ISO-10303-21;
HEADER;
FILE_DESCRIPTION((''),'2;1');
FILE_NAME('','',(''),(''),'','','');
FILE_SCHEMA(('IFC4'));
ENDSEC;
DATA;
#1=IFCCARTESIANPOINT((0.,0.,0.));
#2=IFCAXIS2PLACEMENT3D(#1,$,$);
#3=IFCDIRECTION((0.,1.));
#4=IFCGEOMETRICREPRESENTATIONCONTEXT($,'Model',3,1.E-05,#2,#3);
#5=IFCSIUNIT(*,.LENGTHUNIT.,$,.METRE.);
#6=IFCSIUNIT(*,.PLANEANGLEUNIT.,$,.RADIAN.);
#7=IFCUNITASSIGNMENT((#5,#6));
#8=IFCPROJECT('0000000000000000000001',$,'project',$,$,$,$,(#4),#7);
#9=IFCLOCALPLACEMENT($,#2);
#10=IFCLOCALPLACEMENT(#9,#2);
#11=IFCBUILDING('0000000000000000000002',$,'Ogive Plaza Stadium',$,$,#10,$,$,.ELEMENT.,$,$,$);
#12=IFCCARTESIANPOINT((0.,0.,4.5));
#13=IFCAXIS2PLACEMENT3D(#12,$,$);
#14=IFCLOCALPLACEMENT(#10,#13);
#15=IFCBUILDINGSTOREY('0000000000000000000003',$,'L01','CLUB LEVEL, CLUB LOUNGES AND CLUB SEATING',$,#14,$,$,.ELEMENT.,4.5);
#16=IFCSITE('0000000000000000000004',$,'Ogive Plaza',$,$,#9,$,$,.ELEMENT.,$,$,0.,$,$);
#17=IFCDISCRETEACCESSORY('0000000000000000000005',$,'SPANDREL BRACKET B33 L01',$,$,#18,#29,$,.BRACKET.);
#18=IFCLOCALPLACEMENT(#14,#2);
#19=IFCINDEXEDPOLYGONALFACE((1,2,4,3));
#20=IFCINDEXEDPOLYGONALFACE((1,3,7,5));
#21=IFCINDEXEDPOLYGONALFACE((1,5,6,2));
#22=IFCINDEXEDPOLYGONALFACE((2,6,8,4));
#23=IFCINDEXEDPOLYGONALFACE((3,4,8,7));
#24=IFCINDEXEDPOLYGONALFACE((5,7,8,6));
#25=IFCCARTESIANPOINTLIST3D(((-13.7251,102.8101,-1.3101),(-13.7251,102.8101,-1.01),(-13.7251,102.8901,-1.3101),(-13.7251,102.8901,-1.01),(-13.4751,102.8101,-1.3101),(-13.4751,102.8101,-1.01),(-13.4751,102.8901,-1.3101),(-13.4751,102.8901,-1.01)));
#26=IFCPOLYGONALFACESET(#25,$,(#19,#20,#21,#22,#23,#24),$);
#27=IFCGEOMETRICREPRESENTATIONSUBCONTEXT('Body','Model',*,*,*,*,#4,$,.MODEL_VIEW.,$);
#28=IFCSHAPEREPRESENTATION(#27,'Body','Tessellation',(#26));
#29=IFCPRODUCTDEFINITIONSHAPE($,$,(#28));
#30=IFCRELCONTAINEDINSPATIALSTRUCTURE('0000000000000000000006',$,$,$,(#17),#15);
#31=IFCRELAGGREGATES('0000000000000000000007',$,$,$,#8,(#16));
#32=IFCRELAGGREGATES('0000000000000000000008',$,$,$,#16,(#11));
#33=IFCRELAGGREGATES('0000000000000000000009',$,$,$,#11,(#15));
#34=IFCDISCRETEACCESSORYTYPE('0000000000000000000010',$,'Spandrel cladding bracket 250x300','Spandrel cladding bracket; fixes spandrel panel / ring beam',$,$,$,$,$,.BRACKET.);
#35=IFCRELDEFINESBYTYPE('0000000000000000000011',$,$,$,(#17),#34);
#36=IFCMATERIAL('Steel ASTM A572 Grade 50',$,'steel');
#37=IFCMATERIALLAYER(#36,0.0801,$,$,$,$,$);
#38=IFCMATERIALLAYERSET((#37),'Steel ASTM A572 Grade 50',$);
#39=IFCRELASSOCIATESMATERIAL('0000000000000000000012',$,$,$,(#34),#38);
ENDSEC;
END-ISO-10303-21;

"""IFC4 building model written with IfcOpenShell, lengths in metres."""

from ifc_helpers import new_model, si_unit, direction, frame, origin, origin_2d, place, context, subcontext, project, spatial, rectangle, extrude, material, layer, layer_set, type_object, element, save


model = new_model("IFC4")

# Units and contexts
model_context = context("Model", 3, precision=1e-05, world=origin(), true_north=direction((0.0, 1.0)))
body_context = subcontext(model_context, "Body", "Model", "MODEL_VIEW")
ifc_project = project(units=[si_unit("LENGTHUNIT", "METRE"), si_unit("PLANEANGLEUNIT", "RADIAN")], contexts=[model_context])

# Site, building, storey
site_placement = place(None, origin())
site = spatial("IfcSite", under=ifc_project, at=site_placement, Name="Ogive Plaza", CompositionType="ELEMENT", RefElevation=0.0)
building_placement = place(site_placement, origin())
building = spatial("IfcBuilding", under=site, at=building_placement, Name="Ogive Plaza Stadium", CompositionType="ELEMENT")
storey_placement = place(building_placement, frame((0.0, 0.0, 4.5)))
storey = spatial("IfcBuildingStorey", under=building, at=storey_placement, Name="L01", Description="CLUB LEVEL, CLUB LOUNGES AND CLUB SEATING", CompositionType="ELEMENT", Elevation=4.5)

# Discrete accessory
ifc_material_1 = material(Name="Steel ASTM A572 Grade 50", Category="steel")
ifc_layer_1 = layer(ifc_material_1, 0.0801)
ifc_layer_set_1 = layer_set([ifc_layer_1], Name="Steel ASTM A572 Grade 50")
discrete_accessory_type = type_object("IfcDiscreteAccessoryType", Name="Spandrel cladding bracket 250x300", Description="Spandrel cladding bracket; fixes spandrel panel / ring beam", PredefinedType="BRACKET", material=ifc_layer_set_1)
discrete_accessory_placement = place(storey_placement, frame((-13.6001, 102.8501, -1.3101), z_axis=(0.0, 0.0, 1.0), x_axis=(1.0, 0.0, 0.0)))
element("IfcDiscreteAccessory", 1, at=discrete_accessory_placement, inside=storey, type_object=discrete_accessory_type, Name="SPANDREL BRACKET B33 L01", PredefinedType="BRACKET", context=body_context, shape_type="SweptSolid", body=[
    extrude(rectangle(XDim=0.25, YDim=0.0801, at=origin_2d()), origin(), (0.0, 0.0, 1.0), 0.3),
])

save(model, "model.ifc")
